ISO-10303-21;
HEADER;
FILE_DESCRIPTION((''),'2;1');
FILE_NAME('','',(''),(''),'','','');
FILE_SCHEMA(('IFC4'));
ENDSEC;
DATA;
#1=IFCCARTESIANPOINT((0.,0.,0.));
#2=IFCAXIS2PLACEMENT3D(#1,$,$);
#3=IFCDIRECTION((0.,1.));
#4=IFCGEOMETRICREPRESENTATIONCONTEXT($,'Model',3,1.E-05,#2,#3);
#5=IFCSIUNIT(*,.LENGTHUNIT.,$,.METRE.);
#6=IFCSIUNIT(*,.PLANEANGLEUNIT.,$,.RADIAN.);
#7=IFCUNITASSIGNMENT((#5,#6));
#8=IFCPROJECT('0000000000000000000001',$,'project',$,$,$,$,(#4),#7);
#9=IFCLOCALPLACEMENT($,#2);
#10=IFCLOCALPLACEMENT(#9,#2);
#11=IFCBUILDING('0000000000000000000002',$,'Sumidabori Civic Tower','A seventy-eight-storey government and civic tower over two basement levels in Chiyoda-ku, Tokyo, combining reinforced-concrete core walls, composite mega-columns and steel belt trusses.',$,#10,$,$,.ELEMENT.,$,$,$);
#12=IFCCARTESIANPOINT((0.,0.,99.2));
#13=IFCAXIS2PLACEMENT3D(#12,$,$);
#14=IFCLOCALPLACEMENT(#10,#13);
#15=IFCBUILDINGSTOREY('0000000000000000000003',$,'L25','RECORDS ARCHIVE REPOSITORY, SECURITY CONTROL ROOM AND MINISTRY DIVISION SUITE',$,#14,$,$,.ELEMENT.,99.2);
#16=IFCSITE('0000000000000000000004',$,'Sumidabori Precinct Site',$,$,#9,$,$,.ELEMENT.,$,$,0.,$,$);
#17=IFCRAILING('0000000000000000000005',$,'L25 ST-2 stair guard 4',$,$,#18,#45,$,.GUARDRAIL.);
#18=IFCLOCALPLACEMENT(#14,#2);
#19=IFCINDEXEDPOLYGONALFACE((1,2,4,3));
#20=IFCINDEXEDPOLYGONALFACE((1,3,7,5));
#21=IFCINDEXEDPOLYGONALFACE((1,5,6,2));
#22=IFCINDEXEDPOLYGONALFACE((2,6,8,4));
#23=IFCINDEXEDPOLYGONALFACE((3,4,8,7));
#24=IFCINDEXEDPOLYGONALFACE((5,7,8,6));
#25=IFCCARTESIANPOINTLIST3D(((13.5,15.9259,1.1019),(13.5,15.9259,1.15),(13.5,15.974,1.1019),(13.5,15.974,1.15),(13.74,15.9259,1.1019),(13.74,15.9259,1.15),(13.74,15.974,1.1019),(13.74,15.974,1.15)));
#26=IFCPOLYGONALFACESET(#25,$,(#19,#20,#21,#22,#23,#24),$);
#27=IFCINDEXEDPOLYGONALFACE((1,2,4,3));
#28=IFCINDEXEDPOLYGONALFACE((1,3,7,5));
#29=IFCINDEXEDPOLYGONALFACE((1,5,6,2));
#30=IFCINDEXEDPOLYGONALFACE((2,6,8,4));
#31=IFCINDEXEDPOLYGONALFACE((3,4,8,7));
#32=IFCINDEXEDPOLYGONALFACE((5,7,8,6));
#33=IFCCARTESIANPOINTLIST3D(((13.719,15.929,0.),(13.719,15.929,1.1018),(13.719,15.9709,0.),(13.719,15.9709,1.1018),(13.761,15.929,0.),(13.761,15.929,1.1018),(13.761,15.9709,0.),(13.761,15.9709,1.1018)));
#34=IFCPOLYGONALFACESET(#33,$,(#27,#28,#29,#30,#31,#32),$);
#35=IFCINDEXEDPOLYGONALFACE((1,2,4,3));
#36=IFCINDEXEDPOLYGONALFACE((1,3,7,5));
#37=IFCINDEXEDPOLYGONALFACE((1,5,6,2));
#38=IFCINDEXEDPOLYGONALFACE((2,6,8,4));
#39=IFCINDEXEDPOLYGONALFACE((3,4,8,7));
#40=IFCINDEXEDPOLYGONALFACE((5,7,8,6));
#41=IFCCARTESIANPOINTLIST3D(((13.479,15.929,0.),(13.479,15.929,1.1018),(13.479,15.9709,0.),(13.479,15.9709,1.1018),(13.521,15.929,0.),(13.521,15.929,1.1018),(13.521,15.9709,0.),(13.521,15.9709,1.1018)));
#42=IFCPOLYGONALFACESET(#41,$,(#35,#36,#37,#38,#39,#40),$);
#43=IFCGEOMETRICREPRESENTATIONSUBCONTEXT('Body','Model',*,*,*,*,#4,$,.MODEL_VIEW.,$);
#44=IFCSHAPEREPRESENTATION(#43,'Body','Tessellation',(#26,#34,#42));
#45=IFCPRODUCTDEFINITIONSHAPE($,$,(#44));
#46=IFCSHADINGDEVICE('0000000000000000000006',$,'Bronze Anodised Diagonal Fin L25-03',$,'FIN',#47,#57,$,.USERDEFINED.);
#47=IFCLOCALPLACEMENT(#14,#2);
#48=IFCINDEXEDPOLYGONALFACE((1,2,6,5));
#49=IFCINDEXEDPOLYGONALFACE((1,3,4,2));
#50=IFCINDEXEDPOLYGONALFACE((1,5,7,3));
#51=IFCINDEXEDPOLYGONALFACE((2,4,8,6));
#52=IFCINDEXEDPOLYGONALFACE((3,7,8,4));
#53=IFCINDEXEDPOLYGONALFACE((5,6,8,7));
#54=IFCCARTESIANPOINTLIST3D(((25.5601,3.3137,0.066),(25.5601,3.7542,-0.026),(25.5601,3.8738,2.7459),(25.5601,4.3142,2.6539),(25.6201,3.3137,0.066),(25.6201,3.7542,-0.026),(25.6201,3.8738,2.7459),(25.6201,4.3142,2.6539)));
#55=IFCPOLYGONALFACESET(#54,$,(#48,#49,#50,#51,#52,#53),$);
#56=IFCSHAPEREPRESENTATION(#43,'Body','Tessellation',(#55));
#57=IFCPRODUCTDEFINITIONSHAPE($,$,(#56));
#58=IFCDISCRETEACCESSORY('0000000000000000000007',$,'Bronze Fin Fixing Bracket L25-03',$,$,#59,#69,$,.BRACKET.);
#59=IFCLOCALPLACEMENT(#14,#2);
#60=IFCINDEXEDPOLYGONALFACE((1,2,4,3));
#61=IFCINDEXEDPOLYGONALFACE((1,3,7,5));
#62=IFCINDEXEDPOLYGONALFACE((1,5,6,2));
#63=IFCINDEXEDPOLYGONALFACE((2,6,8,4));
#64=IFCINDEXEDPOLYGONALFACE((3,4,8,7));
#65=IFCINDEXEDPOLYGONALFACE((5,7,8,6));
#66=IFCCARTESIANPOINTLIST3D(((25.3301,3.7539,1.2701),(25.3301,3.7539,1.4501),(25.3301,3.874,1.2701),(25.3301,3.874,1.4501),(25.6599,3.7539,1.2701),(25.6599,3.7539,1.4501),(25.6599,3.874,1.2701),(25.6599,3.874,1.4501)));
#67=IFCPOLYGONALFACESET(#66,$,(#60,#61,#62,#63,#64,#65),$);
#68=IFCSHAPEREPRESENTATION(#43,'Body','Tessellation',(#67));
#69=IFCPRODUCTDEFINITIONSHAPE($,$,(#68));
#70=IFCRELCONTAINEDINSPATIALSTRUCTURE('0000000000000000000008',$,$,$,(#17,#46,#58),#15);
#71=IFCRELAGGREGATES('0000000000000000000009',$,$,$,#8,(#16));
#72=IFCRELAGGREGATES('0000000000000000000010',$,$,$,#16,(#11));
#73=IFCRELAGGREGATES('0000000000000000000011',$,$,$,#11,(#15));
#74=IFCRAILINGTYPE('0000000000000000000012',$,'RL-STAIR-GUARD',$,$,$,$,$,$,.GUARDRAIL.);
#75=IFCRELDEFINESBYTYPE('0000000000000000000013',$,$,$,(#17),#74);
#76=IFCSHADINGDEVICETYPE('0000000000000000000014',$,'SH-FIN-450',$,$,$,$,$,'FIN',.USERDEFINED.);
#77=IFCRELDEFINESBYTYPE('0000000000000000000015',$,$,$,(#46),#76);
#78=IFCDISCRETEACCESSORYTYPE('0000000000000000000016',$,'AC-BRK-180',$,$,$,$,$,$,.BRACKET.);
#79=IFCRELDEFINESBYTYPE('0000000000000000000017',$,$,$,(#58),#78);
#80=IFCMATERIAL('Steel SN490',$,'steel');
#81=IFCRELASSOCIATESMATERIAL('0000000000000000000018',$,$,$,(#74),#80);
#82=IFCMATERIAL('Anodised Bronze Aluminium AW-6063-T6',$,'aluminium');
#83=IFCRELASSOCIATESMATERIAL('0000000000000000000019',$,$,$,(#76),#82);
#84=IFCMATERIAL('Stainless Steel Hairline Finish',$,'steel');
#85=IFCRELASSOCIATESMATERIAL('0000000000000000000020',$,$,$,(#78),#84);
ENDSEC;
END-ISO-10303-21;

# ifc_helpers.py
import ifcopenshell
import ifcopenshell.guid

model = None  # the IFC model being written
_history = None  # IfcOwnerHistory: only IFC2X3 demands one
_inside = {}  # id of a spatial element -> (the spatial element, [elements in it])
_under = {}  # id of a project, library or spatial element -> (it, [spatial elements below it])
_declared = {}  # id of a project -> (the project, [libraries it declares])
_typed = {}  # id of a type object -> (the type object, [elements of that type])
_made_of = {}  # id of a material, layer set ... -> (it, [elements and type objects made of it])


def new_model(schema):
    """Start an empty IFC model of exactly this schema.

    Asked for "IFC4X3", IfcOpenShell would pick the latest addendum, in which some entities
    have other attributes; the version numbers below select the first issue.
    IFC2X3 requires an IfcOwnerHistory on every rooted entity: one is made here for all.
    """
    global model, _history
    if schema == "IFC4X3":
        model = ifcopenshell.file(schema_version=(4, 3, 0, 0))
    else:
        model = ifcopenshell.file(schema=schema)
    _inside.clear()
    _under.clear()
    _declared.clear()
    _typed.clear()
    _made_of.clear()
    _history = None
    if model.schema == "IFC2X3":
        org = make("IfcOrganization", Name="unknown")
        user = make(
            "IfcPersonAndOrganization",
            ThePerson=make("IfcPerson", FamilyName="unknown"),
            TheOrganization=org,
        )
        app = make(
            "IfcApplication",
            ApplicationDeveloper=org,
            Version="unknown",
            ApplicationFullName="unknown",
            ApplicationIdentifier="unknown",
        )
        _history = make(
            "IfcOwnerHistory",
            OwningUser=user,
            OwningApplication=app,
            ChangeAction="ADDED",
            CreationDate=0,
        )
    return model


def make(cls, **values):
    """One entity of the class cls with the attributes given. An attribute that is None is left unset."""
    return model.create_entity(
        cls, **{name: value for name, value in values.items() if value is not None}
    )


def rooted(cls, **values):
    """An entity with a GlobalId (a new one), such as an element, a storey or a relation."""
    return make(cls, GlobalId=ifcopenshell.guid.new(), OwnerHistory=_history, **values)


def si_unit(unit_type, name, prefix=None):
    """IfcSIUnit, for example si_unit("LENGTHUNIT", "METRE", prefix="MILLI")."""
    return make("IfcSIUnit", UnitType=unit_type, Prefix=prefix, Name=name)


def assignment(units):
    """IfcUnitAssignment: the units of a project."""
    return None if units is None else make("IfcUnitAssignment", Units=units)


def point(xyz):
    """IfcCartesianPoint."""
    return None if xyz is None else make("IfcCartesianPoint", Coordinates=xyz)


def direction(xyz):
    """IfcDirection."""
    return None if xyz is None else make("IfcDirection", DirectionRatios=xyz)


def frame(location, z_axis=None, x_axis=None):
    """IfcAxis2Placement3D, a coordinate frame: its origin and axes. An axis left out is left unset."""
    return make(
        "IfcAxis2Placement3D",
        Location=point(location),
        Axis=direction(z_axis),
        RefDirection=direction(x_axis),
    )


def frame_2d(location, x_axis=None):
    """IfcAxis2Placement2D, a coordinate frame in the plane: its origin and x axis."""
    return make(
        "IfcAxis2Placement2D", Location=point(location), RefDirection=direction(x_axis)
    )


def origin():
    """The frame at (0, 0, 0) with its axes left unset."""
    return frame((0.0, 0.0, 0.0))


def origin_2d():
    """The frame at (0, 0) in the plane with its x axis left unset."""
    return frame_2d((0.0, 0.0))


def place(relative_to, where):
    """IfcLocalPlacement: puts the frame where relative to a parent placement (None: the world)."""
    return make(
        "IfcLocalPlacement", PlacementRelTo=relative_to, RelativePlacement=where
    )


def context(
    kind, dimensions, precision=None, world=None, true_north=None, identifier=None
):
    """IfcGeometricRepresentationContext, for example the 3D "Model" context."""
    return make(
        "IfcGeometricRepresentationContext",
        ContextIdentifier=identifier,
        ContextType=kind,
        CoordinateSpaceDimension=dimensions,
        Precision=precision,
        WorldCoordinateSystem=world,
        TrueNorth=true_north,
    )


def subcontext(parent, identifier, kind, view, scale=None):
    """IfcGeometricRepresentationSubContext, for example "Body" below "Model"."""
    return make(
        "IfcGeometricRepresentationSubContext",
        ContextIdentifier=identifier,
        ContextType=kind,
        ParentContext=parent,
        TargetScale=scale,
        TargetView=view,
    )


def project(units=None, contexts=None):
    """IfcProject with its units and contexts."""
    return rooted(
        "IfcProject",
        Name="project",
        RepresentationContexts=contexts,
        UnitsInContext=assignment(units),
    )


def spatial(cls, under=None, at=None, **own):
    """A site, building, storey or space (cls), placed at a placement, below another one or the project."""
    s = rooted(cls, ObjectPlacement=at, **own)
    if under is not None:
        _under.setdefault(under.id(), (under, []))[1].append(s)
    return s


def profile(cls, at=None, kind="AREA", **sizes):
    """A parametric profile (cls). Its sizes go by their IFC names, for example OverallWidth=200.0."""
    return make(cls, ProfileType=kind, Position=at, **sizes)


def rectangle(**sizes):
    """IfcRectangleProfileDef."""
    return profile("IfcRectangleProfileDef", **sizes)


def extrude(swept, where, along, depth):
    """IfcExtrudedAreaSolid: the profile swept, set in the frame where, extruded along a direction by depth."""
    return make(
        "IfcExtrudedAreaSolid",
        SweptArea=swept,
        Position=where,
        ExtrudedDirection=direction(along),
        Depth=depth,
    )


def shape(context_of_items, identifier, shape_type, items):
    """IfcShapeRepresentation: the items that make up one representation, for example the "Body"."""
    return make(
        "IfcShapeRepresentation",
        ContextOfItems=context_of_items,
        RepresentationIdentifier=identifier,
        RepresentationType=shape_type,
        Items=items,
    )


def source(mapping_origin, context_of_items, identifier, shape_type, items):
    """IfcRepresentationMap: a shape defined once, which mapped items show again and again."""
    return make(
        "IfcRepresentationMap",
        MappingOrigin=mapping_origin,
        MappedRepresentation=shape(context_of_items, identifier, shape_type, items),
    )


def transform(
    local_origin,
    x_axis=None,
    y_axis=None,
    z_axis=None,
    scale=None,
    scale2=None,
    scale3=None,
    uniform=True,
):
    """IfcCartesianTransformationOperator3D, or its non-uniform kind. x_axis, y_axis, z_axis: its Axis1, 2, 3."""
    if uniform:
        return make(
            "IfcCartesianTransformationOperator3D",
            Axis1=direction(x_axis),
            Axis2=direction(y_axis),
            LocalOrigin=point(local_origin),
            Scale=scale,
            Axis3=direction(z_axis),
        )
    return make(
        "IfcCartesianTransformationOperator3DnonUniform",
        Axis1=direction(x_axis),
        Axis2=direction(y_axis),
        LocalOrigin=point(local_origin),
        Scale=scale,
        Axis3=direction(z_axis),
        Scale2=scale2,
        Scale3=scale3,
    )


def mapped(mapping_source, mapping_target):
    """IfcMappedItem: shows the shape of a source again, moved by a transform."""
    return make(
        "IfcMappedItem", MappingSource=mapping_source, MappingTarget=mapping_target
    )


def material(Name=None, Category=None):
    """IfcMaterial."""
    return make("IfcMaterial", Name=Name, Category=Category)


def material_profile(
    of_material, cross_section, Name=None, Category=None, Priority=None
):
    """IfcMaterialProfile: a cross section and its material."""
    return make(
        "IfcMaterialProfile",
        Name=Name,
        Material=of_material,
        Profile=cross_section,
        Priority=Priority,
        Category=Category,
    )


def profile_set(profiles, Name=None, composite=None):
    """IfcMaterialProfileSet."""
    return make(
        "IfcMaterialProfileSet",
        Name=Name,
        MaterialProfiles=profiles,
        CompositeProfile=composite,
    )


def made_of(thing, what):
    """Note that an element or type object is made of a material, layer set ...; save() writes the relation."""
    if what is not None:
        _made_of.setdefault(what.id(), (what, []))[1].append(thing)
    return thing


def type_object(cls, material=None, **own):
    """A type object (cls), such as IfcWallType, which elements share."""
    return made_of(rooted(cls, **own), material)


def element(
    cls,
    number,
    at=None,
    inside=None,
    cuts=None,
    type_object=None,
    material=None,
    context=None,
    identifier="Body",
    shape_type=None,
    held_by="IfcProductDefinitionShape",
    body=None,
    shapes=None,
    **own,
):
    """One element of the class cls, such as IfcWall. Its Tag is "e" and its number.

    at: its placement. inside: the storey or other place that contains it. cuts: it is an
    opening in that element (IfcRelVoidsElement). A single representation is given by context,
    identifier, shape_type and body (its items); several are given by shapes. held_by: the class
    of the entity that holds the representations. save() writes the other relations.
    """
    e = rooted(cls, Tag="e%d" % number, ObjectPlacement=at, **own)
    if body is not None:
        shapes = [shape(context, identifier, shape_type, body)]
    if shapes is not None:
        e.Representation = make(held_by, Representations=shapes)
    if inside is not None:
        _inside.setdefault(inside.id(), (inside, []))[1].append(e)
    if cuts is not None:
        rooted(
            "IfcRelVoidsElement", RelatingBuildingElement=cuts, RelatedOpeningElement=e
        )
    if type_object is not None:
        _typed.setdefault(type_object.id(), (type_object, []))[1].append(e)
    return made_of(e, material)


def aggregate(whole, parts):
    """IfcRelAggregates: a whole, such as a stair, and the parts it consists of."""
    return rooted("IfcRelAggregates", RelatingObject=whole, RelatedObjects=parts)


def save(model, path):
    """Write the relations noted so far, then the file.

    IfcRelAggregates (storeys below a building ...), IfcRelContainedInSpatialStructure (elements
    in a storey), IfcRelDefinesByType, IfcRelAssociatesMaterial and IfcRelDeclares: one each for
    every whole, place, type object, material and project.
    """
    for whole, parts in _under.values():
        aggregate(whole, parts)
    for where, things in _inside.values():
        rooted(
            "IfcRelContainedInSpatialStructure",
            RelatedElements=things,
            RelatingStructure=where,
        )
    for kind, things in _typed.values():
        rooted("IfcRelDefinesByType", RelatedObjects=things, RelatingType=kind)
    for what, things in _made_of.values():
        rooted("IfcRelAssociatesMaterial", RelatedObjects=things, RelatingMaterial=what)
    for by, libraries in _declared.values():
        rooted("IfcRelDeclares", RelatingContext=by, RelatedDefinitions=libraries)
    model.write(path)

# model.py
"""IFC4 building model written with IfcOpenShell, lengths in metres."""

from ifc_helpers import new_model, si_unit, direction, frame, origin, origin_2d, place, context, subcontext, project, spatial, rectangle, extrude, source, transform, mapped, material, material_profile, profile_set, type_object, element, save


model = new_model("IFC4")

# Units and contexts
model_context = context("Model", 3, precision=1e-05, world=origin(), true_north=direction((0.0, 1.0)))
body_context = subcontext(model_context, "Body", "Model", "MODEL_VIEW")
ifc_project = project(units=[si_unit("LENGTHUNIT", "METRE"), si_unit("PLANEANGLEUNIT", "RADIAN")], contexts=[model_context])

# Site, building, storey
site_placement = place(None, origin())
site = spatial("IfcSite", under=ifc_project, at=site_placement, Name="Sumidabori Precinct Site", CompositionType="ELEMENT", RefElevation=0.0)
building_placement = place(site_placement, origin())
building = spatial("IfcBuilding", under=site, at=building_placement, Name="Sumidabori Civic Tower", Description="A seventy-eight-storey government and civic tower over two basement levels in Chiyoda-ku, Tokyo, combining reinforced-concrete core walls, composite mega-columns and steel belt trusses.", CompositionType="ELEMENT")
storey_placement = place(building_placement, frame((0.0, 0.0, 99.2)))
storey = spatial("IfcBuildingStorey", under=building, at=storey_placement, Name="L25", Description="RECORDS ARCHIVE REPOSITORY, SECURITY CONTROL ROOM AND MINISTRY DIVISION SUITE", CompositionType="ELEMENT", Elevation=99.2)

# Shared definitions
ifc_material_1 = material(Name="Steel SN490", Category="steel")

# Shared definitions
ifc_material_2 = material(Name="Anodised Bronze Aluminium AW-6063-T6", Category="aluminium")

# Railing
ifc_material_3 = material(Name="Stainless Steel Hairline Finish", Category="steel")
railing_type_1 = type_object("IfcRailingType", Name="RL-STAIR-GUARD", PredefinedType="GUARDRAIL", material=ifc_material_1)
for number, where, name in (
    (1, (13.74, 15.95, 0.0), "L25 ST-2 stair guard 4"),
):
    element("IfcRailing", number, at=place(storey_placement, frame(where)), inside=storey, type_object=railing_type_1, Name=name, PredefinedType="GUARDRAIL", context=body_context, shape_type="SweptSolid", body=[
        extrude(rectangle(XDim=0.0481, YDim=0.0481, at=origin_2d()), frame((0.0, 0.0, 1.126), z_axis=(-1.0, 0.0, 0.0), x_axis=(0.0, -1.0, 0.0)), (0.0, 0.0, 1.0), 0.24),
        extrude(rectangle(XDim=0.042, YDim=0.042, at=origin_2d()), origin(), (0.0, 0.0, 1.0), 1.1018),
        extrude(rectangle(XDim=0.042, YDim=0.042, at=origin_2d()), frame((-0.24, 0.0, 0.0)), (0.0, 0.0, 1.0), 1.1018),
    ])

# Shading device
ifc_material_profile_1 = material_profile(ifc_material_2, rectangle(XDim=0.0601, YDim=0.45, at=origin_2d()), Name="BRONZE FIN 450x60")
ifc_profile_set_1 = profile_set([ifc_material_profile_1], Name="Anodised Bronze Aluminium AW-6063-T6")
shading_device_type = type_object("IfcShadingDeviceType", Name="SH-FIN-450", ElementType="FIN", PredefinedType="USERDEFINED", material=ifc_profile_set_1)
shared_shape_1 = source(origin(), body_context, "Body", "SweptSolid", [
    extrude(rectangle(XDim=0.0601, YDim=0.45, at=origin_2d()), origin(), (0.0, 0.0, 1.0), 2.7378),
])
shading_device_placement = place(storey_placement, frame((25.5901, 3.5339, 0.02), z_axis=(0.0, 0.204563, 0.978853), x_axis=(-1.0, 0.0, 0.0)))
element("IfcShadingDevice", 2, at=shading_device_placement, inside=storey, type_object=shading_device_type, Name="Bronze Anodised Diagonal Fin L25-03", ObjectType="FIN", PredefinedType="USERDEFINED", context=body_context, shape_type="MappedRepresentation", body=[
    mapped(shared_shape_1, transform((0.0, 0.0, 0.0), x_axis=(1.0, 0.0, 0.0), y_axis=(0.0, 1.0, 0.0), z_axis=(0.0, 0.0, 1.0), scale=1.0)),
])

# Discrete accessory
ifc_material_profile_2 = material_profile(ifc_material_3, rectangle(XDim=0.1201, YDim=0.1799, at=origin_2d()), Name="STEEL BRACKET 180x120")
ifc_profile_set_2 = profile_set([ifc_material_profile_2], Name="Stainless Steel Hairline Finish")
discrete_accessory_type = type_object("IfcDiscreteAccessoryType", Name="AC-BRK-180", PredefinedType="BRACKET", material=ifc_profile_set_2)
shared_shape_2 = source(origin(), body_context, "Body", "SweptSolid", [
    extrude(rectangle(XDim=0.1201, YDim=0.1799, at=origin_2d()), origin(), (0.0, 0.0, 1.0), 0.3298),
])
discrete_accessory_placement = place(storey_placement, frame((25.3301, 3.814, 1.3601), z_axis=(1.0, 0.0, 0.0), x_axis=(0.0, 1.0, 0.0)))
element("IfcDiscreteAccessory", 3, at=discrete_accessory_placement, inside=storey, type_object=discrete_accessory_type, Name="Bronze Fin Fixing Bracket L25-03", PredefinedType="BRACKET", context=body_context, shape_type="MappedRepresentation", body=[
    mapped(shared_shape_2, transform((0.0, 0.0, 0.0), x_axis=(1.0, 0.0, 0.0), y_axis=(0.0, 1.0, 0.0), z_axis=(0.0, 0.0, 1.0), scale=1.0)),
])

save(model, "model.ifc")
